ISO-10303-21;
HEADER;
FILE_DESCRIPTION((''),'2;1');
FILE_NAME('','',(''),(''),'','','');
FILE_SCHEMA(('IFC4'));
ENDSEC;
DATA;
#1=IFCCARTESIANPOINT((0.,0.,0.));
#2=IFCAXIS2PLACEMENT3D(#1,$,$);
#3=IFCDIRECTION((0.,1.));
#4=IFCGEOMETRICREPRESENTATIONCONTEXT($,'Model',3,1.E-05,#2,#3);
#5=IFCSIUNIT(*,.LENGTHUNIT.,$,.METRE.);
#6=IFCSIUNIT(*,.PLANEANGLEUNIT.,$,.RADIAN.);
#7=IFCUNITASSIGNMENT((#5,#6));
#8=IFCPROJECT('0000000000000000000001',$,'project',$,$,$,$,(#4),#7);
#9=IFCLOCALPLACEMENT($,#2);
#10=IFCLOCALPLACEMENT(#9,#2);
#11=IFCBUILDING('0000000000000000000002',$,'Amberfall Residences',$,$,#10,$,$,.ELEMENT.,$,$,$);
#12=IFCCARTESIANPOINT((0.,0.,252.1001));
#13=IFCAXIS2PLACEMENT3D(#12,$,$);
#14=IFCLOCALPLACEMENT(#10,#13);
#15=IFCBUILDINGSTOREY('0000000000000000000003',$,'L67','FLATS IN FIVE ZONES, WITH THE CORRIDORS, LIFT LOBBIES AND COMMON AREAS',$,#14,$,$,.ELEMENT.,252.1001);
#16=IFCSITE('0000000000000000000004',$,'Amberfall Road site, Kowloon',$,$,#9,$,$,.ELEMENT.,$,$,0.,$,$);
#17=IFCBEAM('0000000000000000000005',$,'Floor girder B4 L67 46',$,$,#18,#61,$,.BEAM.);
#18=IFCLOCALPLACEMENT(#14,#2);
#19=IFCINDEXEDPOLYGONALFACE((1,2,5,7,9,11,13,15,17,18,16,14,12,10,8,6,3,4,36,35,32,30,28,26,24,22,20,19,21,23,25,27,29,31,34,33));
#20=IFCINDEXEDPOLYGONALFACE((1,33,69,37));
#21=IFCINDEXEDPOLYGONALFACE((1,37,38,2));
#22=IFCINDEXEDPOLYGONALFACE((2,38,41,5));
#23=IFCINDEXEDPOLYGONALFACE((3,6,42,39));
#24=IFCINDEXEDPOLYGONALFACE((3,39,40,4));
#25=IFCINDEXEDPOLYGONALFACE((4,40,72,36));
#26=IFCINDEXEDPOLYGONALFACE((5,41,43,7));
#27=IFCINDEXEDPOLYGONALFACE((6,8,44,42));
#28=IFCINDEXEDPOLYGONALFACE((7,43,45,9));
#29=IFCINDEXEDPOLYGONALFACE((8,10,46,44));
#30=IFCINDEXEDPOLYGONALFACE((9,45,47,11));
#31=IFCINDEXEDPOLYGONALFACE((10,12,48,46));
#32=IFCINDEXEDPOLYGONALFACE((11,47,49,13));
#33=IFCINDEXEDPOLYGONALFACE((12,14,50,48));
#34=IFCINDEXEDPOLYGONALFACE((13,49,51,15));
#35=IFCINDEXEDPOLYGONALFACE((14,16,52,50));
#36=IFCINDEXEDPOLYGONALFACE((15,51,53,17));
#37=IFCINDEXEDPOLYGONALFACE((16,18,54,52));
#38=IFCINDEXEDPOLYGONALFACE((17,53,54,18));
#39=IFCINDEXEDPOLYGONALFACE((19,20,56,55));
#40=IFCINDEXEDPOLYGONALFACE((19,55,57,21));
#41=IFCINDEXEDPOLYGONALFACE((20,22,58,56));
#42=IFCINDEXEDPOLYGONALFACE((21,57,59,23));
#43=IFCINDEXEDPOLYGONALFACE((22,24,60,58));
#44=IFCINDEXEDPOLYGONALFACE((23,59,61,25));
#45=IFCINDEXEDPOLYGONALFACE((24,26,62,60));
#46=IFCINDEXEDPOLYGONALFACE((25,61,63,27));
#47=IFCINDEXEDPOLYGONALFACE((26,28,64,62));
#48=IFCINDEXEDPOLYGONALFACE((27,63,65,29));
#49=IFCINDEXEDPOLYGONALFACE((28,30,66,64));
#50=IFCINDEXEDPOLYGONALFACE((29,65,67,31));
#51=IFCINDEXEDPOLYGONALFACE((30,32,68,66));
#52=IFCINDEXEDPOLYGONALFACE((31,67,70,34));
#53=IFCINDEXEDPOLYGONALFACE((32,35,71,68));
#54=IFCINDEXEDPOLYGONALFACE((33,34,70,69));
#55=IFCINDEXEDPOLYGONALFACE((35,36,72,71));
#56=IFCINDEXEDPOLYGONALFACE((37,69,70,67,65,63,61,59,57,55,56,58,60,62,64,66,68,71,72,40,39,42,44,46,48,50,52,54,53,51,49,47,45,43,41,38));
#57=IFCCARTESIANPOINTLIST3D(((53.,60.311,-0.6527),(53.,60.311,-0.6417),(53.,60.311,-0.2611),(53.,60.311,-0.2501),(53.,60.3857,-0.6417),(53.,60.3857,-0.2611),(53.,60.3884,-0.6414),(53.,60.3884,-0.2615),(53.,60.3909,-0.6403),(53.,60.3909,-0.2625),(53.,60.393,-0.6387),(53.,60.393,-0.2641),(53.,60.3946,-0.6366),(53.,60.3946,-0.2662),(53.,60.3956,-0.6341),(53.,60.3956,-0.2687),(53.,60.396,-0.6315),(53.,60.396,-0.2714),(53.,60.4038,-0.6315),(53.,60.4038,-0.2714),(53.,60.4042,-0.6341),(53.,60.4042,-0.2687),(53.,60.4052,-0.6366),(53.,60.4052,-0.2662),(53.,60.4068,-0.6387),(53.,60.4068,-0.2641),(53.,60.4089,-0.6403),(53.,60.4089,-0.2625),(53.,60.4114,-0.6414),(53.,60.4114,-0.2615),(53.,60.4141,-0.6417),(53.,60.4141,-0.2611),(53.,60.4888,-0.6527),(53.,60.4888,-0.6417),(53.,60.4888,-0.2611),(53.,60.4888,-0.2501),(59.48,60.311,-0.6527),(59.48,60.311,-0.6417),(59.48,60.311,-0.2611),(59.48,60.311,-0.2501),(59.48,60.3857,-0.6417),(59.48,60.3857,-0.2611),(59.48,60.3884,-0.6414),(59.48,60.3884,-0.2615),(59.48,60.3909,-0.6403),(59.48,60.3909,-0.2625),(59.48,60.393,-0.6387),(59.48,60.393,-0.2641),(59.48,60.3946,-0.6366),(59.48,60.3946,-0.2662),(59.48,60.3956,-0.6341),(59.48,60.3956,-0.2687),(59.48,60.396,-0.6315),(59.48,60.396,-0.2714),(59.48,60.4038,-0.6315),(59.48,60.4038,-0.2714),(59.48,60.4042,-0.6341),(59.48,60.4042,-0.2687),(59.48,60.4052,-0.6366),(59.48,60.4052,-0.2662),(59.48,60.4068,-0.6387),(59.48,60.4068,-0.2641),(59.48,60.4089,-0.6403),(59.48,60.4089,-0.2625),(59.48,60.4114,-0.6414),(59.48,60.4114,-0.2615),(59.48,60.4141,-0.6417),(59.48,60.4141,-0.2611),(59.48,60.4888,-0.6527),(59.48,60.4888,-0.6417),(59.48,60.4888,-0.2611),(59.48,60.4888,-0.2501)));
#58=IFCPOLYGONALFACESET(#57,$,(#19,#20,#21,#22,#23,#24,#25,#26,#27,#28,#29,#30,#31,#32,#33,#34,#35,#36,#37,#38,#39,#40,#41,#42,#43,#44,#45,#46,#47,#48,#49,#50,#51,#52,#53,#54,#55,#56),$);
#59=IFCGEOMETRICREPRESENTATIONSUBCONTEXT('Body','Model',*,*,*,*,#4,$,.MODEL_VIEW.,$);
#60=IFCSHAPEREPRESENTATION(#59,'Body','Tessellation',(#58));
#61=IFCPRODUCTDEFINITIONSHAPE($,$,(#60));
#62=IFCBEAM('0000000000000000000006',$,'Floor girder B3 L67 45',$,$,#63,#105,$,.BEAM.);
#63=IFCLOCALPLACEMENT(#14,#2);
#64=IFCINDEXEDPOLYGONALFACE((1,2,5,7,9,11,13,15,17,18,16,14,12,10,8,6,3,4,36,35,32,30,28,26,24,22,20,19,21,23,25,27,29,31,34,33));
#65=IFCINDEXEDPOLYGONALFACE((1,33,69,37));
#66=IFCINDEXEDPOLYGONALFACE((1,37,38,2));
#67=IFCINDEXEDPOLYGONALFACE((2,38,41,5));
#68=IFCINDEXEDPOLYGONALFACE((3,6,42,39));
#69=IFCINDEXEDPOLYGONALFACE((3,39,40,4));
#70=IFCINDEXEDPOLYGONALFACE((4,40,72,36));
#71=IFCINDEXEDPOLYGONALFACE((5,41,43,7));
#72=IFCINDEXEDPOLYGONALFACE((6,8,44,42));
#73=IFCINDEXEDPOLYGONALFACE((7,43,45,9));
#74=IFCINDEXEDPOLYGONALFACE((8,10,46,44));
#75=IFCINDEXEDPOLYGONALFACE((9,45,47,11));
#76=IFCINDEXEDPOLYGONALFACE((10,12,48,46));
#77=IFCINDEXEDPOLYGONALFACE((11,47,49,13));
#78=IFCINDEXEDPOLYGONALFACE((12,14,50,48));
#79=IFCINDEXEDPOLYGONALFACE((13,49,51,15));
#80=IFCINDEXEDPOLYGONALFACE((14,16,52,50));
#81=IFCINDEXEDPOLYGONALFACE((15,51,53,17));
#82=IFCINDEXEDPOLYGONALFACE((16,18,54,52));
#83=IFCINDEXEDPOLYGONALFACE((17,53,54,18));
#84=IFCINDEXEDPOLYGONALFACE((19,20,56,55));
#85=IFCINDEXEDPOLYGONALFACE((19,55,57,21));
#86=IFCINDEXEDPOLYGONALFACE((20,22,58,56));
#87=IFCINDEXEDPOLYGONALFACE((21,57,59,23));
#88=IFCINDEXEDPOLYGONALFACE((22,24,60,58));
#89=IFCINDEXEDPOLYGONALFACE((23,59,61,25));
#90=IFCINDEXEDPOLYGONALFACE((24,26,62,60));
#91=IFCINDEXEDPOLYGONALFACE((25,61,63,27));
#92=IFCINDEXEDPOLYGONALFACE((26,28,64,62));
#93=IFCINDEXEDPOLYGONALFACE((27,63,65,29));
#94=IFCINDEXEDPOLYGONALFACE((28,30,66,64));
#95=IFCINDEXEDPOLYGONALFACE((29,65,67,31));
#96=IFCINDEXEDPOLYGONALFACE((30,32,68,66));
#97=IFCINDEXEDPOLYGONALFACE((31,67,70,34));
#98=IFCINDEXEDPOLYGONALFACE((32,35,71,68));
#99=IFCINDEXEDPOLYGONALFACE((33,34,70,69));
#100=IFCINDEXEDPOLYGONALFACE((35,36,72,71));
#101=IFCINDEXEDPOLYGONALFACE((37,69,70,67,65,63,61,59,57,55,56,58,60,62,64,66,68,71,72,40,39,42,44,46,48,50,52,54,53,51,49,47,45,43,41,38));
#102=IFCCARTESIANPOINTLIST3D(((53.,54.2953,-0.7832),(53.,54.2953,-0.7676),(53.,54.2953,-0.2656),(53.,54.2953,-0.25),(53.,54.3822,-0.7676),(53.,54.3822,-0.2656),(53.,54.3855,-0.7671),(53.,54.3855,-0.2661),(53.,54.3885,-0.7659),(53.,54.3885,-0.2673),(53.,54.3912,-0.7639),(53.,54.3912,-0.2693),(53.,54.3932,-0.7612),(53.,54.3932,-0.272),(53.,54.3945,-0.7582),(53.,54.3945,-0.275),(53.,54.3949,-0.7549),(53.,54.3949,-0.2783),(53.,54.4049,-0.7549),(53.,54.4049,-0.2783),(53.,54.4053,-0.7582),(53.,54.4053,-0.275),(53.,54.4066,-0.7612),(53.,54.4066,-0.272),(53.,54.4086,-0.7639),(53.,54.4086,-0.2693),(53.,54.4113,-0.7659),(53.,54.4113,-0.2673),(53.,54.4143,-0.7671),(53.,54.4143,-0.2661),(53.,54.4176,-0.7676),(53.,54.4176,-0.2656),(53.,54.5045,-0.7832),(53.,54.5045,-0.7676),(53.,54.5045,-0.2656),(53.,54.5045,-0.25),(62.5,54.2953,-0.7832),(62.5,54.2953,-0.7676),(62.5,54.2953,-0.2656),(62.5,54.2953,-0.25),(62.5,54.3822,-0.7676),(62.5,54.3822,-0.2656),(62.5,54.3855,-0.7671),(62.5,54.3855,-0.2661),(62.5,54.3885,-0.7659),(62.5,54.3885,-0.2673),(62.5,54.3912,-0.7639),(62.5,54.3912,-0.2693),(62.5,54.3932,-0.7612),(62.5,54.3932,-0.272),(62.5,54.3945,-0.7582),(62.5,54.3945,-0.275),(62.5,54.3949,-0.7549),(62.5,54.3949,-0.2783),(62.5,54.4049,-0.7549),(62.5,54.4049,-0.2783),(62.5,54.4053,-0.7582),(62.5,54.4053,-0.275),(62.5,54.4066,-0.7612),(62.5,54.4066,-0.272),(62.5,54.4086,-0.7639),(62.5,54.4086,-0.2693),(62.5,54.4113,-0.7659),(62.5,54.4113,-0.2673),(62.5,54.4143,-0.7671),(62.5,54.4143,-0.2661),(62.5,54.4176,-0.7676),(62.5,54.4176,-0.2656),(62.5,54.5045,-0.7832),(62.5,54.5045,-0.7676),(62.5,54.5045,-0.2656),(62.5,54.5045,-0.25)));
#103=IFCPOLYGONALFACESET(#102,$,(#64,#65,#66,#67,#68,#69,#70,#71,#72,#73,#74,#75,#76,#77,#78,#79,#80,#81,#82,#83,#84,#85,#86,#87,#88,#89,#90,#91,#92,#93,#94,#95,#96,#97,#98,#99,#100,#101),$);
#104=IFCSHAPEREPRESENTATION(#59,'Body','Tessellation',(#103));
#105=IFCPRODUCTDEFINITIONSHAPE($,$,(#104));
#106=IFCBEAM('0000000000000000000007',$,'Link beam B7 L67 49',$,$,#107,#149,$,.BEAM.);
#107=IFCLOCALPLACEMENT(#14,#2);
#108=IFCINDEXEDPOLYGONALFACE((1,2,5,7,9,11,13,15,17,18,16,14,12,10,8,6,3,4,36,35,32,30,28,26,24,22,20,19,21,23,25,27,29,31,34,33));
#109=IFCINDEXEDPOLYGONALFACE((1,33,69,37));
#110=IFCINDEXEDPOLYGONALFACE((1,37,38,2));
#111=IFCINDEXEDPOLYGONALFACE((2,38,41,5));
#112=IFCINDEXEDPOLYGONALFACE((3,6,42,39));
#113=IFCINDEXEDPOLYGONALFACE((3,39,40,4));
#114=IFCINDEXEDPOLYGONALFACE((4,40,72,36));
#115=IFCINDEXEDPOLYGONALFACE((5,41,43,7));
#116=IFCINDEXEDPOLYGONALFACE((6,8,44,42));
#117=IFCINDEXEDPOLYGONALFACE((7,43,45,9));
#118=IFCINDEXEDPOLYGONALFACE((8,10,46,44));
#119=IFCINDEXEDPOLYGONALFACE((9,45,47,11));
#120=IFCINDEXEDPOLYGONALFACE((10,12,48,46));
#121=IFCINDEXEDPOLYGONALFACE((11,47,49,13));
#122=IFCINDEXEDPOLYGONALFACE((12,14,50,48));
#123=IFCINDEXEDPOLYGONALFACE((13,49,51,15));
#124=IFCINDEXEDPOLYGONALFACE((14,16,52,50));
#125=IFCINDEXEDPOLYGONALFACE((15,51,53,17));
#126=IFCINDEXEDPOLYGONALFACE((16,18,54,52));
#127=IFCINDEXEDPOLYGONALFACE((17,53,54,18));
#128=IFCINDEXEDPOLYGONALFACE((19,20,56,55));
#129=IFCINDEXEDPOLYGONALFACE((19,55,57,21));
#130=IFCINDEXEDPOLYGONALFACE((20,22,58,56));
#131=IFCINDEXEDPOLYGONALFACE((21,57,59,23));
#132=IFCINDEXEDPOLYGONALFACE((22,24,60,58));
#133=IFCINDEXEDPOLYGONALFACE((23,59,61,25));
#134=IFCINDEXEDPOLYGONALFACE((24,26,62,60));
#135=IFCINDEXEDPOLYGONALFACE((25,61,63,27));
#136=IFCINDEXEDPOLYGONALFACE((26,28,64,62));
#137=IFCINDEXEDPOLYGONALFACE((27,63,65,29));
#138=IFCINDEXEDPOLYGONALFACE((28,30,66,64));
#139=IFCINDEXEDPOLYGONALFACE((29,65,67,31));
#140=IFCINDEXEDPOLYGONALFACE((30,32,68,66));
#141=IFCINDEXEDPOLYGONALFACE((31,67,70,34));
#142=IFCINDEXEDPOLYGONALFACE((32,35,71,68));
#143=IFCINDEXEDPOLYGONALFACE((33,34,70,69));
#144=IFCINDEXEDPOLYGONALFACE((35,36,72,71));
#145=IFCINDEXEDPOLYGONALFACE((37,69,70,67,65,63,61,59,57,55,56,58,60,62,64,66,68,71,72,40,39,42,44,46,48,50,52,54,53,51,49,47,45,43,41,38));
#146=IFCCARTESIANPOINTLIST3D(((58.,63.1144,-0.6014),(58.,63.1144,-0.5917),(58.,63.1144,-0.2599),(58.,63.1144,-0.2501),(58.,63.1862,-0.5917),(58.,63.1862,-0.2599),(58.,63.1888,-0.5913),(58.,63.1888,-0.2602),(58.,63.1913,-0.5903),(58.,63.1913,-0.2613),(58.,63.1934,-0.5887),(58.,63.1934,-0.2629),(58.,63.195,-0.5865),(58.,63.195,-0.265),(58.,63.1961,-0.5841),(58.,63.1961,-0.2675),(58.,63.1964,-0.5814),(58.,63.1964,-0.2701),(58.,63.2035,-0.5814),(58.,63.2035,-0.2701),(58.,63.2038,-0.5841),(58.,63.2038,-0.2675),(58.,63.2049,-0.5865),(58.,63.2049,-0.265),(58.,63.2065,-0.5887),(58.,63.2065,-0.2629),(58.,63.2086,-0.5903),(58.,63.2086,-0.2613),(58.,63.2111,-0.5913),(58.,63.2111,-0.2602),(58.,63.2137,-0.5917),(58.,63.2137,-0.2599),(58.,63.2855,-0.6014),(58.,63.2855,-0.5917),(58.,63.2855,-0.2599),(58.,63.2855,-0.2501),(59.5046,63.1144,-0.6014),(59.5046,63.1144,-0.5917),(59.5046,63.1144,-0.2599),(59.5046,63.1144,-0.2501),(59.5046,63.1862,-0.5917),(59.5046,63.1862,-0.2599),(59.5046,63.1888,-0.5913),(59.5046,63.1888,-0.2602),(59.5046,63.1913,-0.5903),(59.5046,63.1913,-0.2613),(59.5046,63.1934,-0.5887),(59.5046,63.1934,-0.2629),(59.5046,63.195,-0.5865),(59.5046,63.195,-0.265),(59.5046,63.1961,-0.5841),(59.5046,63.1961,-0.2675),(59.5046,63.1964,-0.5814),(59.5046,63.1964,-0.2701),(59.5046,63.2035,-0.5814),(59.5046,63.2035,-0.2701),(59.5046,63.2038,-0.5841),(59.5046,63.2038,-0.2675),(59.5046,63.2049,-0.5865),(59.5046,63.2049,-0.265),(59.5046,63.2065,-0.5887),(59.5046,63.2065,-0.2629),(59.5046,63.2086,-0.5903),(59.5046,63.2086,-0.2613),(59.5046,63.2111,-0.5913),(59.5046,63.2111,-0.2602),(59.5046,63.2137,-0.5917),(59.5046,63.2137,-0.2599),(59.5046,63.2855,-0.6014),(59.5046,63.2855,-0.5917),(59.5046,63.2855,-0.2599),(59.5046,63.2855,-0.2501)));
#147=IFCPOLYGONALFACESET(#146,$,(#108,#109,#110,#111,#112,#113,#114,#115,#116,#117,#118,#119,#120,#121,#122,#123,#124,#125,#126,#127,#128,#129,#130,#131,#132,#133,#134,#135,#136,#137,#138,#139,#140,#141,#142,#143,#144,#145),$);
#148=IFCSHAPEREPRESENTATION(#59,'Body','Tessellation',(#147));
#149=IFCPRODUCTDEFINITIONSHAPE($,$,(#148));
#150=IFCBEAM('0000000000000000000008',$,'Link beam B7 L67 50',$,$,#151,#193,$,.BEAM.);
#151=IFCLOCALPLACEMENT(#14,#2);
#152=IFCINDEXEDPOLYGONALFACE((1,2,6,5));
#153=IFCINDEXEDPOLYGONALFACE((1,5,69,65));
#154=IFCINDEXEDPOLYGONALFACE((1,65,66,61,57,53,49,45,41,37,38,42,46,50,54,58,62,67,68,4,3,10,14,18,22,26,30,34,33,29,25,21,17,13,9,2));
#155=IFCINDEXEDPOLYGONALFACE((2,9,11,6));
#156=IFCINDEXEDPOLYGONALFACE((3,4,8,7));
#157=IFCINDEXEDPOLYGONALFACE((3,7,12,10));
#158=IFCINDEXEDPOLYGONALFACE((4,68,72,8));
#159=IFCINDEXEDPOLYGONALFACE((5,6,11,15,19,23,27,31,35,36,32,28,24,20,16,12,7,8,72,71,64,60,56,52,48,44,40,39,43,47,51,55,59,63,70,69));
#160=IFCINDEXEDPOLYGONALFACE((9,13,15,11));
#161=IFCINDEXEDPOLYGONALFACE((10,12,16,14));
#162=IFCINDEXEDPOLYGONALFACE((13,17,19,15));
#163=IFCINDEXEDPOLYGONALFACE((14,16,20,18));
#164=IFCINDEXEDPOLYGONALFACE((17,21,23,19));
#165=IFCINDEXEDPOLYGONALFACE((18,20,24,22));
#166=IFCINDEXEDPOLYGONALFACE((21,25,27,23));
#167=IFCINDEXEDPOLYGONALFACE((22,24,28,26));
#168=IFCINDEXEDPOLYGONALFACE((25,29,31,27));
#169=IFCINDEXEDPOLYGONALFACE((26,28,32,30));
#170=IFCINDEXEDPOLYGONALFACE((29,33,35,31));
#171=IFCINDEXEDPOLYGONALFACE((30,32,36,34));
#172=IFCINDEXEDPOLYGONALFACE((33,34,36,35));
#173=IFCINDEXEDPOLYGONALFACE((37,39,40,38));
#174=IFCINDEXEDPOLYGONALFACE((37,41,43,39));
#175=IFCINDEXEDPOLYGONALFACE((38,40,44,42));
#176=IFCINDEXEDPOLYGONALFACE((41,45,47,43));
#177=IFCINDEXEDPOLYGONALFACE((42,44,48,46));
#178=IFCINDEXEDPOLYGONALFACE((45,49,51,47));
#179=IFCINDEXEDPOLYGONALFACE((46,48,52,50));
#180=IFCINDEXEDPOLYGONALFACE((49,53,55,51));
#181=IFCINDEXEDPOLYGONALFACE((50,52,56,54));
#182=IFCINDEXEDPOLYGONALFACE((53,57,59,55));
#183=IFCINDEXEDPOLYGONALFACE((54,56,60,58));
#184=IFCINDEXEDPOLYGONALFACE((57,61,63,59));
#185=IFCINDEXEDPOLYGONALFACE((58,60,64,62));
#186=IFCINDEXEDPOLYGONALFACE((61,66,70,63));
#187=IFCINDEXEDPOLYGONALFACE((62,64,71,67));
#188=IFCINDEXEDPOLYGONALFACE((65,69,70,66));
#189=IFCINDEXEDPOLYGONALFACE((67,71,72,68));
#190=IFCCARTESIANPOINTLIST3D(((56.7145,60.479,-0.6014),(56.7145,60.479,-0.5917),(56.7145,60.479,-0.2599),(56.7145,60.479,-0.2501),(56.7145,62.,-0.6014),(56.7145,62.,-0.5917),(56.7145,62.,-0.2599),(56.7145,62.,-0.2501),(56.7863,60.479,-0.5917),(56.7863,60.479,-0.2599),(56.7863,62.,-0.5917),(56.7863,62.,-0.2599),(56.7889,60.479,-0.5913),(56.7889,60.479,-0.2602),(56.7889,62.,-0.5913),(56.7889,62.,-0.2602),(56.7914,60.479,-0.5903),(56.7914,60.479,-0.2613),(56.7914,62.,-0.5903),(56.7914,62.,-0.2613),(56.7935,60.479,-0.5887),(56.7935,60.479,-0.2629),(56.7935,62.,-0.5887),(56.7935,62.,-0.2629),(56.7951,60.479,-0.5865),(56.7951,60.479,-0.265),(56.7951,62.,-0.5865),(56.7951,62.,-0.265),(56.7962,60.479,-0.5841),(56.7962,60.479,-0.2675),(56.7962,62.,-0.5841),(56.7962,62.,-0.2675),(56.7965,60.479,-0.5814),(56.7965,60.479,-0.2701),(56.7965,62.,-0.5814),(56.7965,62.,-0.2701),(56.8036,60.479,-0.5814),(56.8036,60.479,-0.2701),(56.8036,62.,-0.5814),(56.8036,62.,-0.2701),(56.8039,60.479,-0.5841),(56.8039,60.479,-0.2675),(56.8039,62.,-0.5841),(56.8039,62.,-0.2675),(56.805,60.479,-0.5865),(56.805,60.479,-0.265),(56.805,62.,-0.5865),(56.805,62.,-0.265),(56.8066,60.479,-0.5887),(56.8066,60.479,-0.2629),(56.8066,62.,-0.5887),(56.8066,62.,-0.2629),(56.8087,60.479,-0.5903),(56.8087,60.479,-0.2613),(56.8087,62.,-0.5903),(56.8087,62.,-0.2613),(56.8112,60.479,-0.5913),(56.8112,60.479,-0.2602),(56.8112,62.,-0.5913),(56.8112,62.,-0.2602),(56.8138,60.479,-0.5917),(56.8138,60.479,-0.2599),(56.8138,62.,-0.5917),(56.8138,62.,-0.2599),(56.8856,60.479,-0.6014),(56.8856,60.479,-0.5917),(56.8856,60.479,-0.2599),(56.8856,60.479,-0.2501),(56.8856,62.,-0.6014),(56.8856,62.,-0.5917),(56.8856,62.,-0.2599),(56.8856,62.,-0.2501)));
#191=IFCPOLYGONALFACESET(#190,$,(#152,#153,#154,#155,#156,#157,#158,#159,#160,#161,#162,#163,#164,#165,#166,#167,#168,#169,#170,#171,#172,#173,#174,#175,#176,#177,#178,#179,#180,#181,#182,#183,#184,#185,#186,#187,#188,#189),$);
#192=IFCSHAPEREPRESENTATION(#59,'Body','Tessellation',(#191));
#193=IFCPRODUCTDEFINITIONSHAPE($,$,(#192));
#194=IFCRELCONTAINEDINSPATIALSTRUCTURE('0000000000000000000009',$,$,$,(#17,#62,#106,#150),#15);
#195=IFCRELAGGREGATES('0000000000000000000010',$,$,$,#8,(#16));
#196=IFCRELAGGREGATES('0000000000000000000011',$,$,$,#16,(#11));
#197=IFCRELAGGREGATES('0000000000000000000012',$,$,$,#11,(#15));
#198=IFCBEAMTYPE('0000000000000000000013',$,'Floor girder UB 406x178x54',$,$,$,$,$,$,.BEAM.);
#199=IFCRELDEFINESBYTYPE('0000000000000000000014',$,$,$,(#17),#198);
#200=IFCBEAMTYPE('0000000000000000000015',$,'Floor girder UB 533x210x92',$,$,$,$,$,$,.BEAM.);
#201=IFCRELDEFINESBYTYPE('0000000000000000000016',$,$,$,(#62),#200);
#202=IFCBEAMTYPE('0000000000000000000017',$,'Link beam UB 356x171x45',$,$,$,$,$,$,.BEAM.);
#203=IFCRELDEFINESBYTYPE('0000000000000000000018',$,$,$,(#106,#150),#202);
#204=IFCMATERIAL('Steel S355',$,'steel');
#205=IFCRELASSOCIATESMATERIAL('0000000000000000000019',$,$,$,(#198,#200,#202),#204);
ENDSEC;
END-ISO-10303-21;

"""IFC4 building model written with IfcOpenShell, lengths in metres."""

from ifc_helpers import new_model, si_unit, direction, frame, origin, origin_2d, place, context, subcontext, project, spatial, i_section, extrude, material, material_profile, profile_set, type_object, element, save


model = new_model("IFC4")

# Units and contexts
model_context = context("Model", 3, precision=1e-05, world=origin(), true_north=direction((0.0, 1.0)))
body_context = subcontext(model_context, "Body", "Model", "MODEL_VIEW")
ifc_project = project(units=[si_unit("LENGTHUNIT", "METRE"), si_unit("PLANEANGLEUNIT", "RADIAN")], contexts=[model_context])

# Site, building, storey
site_placement = place(None, origin())
site = spatial("IfcSite", under=ifc_project, at=site_placement, Name="Amberfall Road site, Kowloon", CompositionType="ELEMENT", RefElevation=0.0)
building_placement = place(site_placement, origin())
building = spatial("IfcBuilding", under=site, at=building_placement, Name="Amberfall Residences", CompositionType="ELEMENT")
storey_placement = place(building_placement, frame((0.0, 0.0, 252.1001)))
storey = spatial("IfcBuildingStorey", under=building, at=storey_placement, Name="L67", Description="FLATS IN FIVE ZONES, WITH THE CORRIDORS, LIFT LOBBIES AND COMMON AREAS", CompositionType="ELEMENT", Elevation=252.1001)

# Shared definitions
ifc_material_1 = material(Name="Steel S355", Category="steel")

# Beams
ifc_material_profile_1 = material_profile(ifc_material_1, i_section(OverallWidth=0.1777, OverallDepth=0.4026, WebThickness=0.0078, FlangeThickness=0.011, FilletRadius=0.0103, at=origin_2d()), Name="UB 406x178x54")
ifc_profile_set_1 = profile_set([ifc_material_profile_1], Name="Steel S355")
beam_type_1 = type_object("IfcBeamType", Name="Floor girder UB 406x178x54", PredefinedType="BEAM", material=ifc_profile_set_1)
beam_1_placement = place(storey_placement, frame((53.0, 60.3999, -0.4514), z_axis=(1.0, 0.0, 0.0), x_axis=(0.0, 1.0, 0.0)))
element("IfcBeam", 1, at=beam_1_placement, inside=storey, type_object=beam_type_1, Name="Floor girder B4 L67 46", PredefinedType="BEAM", context=body_context, shape_type="SweptSolid", body=[
    extrude(i_section(OverallWidth=0.1777, OverallDepth=0.4026, WebThickness=0.0078, FlangeThickness=0.011, FilletRadius=0.0103, at=origin_2d()), origin(), (0.0, 0.0, 1.0), 6.48),
])
ifc_material_profile_2 = material_profile(ifc_material_1, i_section(OverallWidth=0.2092, OverallDepth=0.5332, WebThickness=0.01, FlangeThickness=0.0156, FilletRadius=0.0127, at=origin_2d()), Name="UB 533x210x92")
ifc_profile_set_2 = profile_set([ifc_material_profile_2], Name="Steel S355")
beam_type_2 = type_object("IfcBeamType", Name="Floor girder UB 533x210x92", PredefinedType="BEAM", material=ifc_profile_set_2)
beam_2_placement = place(storey_placement, frame((53.0, 54.3999, -0.5166), z_axis=(1.0, 0.0, 0.0), x_axis=(0.0, 1.0, 0.0)))
element("IfcBeam", 2, at=beam_2_placement, inside=storey, type_object=beam_type_2, Name="Floor girder B3 L67 45", PredefinedType="BEAM", context=body_context, shape_type="SweptSolid", body=[
    extrude(i_section(OverallWidth=0.2092, OverallDepth=0.5332, WebThickness=0.01, FlangeThickness=0.0156, FilletRadius=0.0127, at=origin_2d()), origin(), (0.0, 0.0, 1.0), 9.5),
])
ifc_material_profile_3 = material_profile(ifc_material_1, i_section(OverallWidth=0.1711, OverallDepth=0.3513, WebThickness=0.0071, FlangeThickness=0.0098, FilletRadius=0.0103, at=origin_2d()), Name="UB 356x171x45")
ifc_profile_set_3 = profile_set([ifc_material_profile_3], Name="Steel S355")
beam_type_3 = type_object("IfcBeamType", Name="Link beam UB 356x171x45", PredefinedType="BEAM", material=ifc_profile_set_3)
beam_3_placement = place(storey_placement, frame((58.0, 63.2, -0.4258), z_axis=(1.0, 0.0, 0.0), x_axis=(0.0, 1.0, 0.0)))
element("IfcBeam", 3, at=beam_3_placement, inside=storey, type_object=beam_type_3, Name="Link beam B7 L67 49", PredefinedType="BEAM", context=body_context, shape_type="SweptSolid", body=[
    extrude(i_section(OverallWidth=0.1711, OverallDepth=0.3513, WebThickness=0.0071, FlangeThickness=0.0098, FilletRadius=0.0103, at=origin_2d()), origin(), (0.0, 0.0, 1.0), 1.5046),
])
beam_4_placement = place(storey_placement, frame((56.8, 62.0, -0.4258), z_axis=(0.0, -1.0, 0.0), x_axis=(1.0, 0.0, 0.0)))
element("IfcBeam", 4, at=beam_4_placement, inside=storey, type_object=beam_type_3, Name="Link beam B7 L67 50", PredefinedType="BEAM", context=body_context, shape_type="SweptSolid", body=[
    extrude(i_section(OverallWidth=0.1711, OverallDepth=0.3513, WebThickness=0.0071, FlangeThickness=0.0098, FilletRadius=0.0103, at=origin_2d()), origin(), (0.0, 0.0, 1.0), 1.521),
])

save(model, "model.ifc")
